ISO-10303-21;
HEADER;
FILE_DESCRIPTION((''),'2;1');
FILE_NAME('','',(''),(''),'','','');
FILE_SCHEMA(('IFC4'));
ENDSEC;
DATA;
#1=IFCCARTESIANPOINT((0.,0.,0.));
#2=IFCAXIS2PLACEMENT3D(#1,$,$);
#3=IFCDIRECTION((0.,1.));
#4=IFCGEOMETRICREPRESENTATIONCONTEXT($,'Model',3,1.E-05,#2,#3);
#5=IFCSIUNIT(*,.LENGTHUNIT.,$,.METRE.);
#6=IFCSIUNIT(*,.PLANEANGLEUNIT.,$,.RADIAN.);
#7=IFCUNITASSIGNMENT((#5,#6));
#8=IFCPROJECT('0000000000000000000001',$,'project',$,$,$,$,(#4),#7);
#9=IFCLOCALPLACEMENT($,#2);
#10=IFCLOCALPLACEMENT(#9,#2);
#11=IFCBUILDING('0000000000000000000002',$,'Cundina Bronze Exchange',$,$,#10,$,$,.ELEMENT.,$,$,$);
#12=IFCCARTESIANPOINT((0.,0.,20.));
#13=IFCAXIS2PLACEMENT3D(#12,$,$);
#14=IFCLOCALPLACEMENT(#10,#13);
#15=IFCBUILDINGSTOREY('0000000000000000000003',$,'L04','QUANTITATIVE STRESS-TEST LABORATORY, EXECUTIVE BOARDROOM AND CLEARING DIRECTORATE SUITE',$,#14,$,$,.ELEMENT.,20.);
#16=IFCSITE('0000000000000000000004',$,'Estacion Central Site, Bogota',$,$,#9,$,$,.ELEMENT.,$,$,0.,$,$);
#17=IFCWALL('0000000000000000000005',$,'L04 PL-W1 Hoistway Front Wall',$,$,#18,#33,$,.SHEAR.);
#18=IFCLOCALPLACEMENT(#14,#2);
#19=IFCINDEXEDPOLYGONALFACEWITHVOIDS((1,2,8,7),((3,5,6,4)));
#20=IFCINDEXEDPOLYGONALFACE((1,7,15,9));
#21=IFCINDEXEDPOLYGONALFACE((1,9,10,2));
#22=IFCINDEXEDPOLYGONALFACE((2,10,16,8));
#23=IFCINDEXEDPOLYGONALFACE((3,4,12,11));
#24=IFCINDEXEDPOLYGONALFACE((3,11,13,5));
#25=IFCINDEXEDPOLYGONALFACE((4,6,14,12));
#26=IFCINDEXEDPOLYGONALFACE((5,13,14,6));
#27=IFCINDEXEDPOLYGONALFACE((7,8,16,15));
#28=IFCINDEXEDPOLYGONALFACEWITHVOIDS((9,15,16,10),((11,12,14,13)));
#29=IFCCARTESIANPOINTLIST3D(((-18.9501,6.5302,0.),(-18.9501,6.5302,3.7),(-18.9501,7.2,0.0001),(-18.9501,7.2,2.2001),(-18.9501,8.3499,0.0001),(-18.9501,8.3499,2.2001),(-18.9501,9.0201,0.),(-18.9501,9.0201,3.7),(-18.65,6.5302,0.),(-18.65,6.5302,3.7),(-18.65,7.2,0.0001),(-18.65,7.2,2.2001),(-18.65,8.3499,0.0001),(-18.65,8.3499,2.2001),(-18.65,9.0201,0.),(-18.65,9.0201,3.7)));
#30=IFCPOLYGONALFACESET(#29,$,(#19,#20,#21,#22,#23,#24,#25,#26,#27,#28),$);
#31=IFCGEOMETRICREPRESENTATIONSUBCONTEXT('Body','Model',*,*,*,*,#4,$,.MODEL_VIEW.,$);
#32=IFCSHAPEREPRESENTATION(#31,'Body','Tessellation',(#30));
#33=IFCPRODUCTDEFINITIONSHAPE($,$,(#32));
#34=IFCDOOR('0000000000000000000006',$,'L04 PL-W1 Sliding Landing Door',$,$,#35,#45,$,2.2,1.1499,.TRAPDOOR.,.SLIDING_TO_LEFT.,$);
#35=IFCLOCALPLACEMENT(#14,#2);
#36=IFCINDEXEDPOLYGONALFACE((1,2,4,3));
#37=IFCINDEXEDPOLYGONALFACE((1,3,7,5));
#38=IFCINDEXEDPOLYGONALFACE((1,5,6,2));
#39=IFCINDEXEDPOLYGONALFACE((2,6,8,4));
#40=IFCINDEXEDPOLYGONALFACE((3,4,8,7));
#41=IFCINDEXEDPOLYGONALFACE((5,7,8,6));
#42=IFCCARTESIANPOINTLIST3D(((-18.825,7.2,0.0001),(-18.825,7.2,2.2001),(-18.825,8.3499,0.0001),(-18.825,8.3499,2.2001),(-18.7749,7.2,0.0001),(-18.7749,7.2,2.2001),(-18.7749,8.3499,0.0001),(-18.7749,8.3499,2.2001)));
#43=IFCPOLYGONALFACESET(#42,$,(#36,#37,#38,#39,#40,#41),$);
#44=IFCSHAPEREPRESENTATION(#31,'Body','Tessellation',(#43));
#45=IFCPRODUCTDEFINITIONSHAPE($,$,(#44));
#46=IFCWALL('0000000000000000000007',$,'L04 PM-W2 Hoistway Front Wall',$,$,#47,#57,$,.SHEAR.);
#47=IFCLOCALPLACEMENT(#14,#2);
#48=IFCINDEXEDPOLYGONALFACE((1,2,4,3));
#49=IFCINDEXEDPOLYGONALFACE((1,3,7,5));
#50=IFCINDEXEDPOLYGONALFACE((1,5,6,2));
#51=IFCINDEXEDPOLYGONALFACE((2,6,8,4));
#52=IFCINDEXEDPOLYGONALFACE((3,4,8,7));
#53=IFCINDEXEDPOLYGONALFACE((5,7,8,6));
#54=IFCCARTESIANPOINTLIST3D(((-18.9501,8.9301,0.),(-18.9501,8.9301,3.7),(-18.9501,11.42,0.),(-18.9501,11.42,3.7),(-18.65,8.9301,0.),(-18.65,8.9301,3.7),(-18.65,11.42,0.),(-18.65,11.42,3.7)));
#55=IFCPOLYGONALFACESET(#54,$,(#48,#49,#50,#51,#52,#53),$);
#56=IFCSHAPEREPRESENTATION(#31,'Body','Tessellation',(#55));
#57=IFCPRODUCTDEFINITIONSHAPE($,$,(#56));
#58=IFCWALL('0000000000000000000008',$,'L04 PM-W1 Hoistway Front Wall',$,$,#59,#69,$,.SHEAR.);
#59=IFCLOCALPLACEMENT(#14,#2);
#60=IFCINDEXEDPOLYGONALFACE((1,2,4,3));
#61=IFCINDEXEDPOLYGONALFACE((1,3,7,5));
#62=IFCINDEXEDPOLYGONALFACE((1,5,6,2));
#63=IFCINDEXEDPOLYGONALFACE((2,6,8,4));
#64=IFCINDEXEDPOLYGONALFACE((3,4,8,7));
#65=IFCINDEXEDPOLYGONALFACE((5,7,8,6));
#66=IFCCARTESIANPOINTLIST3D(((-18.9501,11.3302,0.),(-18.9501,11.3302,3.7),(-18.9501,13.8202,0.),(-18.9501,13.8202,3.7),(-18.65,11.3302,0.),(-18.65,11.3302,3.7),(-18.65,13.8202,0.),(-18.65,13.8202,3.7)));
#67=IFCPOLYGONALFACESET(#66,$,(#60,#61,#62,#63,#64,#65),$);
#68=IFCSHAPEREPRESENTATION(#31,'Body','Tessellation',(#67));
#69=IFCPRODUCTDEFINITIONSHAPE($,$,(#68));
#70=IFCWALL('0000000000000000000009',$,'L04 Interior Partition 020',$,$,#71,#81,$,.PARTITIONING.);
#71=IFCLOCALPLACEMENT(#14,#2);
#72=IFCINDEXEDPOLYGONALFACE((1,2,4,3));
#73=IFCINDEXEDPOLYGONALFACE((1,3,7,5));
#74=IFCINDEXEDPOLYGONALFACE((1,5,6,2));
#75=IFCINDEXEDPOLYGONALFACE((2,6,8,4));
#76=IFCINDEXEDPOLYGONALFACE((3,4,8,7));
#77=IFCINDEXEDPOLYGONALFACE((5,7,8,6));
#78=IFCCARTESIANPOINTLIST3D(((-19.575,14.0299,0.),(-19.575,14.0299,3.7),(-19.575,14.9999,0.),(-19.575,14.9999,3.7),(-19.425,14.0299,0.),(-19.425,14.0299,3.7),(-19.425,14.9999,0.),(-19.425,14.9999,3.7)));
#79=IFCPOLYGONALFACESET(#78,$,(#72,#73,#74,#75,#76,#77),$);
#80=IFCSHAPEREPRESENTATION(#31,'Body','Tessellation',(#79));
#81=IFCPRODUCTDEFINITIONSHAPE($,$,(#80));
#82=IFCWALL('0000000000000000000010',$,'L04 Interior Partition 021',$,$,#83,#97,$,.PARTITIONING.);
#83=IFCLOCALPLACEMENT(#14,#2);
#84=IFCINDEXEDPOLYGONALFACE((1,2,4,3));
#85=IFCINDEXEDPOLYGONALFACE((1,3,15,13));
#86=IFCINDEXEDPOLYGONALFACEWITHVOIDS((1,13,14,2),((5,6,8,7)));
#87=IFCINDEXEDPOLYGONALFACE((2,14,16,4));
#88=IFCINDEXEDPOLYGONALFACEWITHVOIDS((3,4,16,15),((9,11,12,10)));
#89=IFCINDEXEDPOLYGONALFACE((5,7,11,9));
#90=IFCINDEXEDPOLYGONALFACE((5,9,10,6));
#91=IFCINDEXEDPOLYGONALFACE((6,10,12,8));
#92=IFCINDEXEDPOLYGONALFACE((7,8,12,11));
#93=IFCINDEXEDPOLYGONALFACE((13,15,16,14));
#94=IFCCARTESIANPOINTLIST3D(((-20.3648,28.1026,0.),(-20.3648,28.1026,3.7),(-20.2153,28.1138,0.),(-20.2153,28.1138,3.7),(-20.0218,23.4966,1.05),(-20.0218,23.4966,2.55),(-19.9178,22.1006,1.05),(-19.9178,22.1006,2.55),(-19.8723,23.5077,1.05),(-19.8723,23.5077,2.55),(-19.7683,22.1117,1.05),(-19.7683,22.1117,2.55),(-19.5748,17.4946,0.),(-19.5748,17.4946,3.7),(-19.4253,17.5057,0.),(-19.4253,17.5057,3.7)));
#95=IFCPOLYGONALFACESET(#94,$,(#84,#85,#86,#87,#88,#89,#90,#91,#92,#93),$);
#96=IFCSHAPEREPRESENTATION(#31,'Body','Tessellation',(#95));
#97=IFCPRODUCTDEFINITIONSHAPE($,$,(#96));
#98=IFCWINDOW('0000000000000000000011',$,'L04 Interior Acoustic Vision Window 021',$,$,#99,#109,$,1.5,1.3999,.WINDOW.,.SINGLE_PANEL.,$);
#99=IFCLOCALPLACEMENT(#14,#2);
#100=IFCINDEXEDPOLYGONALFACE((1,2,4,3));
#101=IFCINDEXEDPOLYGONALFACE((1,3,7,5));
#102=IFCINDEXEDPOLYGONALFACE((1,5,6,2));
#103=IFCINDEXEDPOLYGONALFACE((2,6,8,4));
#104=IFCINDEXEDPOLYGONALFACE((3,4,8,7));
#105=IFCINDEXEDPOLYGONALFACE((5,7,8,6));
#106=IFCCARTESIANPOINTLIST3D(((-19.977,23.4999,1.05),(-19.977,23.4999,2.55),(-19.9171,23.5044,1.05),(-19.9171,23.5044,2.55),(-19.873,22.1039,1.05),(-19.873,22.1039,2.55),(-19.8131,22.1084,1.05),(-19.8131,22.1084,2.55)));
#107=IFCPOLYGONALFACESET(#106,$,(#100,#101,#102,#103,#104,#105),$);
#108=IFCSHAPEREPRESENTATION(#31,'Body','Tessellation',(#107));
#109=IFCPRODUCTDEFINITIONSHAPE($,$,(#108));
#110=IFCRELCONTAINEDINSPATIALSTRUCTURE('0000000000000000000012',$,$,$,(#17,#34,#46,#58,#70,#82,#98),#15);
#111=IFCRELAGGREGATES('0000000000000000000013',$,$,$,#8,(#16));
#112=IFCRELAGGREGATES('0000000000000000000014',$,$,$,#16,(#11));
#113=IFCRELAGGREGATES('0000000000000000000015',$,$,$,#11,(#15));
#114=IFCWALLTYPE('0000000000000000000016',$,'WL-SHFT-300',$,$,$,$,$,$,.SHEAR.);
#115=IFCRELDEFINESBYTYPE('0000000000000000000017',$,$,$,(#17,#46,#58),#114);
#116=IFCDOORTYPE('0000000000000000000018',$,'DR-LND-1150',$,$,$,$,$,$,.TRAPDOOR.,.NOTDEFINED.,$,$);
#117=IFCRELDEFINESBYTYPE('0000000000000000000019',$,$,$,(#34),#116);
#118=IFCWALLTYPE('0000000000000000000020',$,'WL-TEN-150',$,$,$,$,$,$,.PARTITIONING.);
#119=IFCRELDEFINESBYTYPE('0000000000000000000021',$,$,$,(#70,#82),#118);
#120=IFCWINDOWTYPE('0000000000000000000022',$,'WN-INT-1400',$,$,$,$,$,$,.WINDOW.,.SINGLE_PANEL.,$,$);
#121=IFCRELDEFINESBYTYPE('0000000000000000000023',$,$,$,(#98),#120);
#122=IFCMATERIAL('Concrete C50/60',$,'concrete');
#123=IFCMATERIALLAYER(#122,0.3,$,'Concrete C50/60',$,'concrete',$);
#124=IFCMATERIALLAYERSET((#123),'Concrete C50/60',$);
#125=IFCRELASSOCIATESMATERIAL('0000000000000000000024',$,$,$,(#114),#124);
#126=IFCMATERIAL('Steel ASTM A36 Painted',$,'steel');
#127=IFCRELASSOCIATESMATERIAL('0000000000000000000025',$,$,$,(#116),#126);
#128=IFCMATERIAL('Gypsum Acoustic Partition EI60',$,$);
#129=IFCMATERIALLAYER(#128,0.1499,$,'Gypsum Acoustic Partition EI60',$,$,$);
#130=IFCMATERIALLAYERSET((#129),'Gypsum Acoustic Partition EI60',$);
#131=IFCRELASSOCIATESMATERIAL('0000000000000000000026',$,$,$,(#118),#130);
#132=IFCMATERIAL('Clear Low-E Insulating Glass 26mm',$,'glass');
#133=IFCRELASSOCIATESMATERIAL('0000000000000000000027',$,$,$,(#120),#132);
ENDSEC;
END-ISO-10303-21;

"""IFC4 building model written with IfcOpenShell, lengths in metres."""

from ifc_helpers import new_model, si_unit, direction, frame, frame_2d, origin, place, context, subcontext, project, spatial, rectangle, extrude, material, layer, layer_set, type_object, element, fill, save


model = new_model("IFC4")

# Units and contexts
model_context = context("Model", 3, precision=1e-05, world=origin(), true_north=direction((0.0, 1.0)))
body_context = subcontext(model_context, "Body", "Model", "MODEL_VIEW")
ifc_project = project(units=[si_unit("LENGTHUNIT", "METRE"), si_unit("PLANEANGLEUNIT", "RADIAN")], contexts=[model_context])

# Site, building, storey
site_placement = place(None, origin())
site = spatial("IfcSite", under=ifc_project, at=site_placement, Name="Estacion Central Site, Bogota", CompositionType="ELEMENT", RefElevation=0.0)
building_placement = place(site_placement, origin())
building = spatial("IfcBuilding", under=site, at=building_placement, Name="Cundina Bronze Exchange", CompositionType="ELEMENT")
storey_placement = place(building_placement, frame((0.0, 0.0, 20.0)))
storey = spatial("IfcBuildingStorey", under=building, at=storey_placement, Name="L04", Description="QUANTITATIVE STRESS-TEST LABORATORY, EXECUTIVE BOARDROOM AND CLEARING DIRECTORATE SUITE", CompositionType="ELEMENT", Elevation=20.0)

# Shared definitions
ifc_material_1 = material(Name="Concrete C50/60", Category="concrete")

# Shared definitions
ifc_layer_1 = layer(ifc_material_1, 0.3, Name="Concrete C50/60", Category="concrete")
ifc_layer_set_1 = layer_set([ifc_layer_1], Name="Concrete C50/60")
wall_type_1 = type_object("IfcWallType", Name="WL-SHFT-300", PredefinedType="SHEAR", material=ifc_layer_set_1)

# Wall, opening, door
ifc_material_2 = material(Name="Steel ASTM A36 Painted", Category="steel")
door_type = type_object("IfcDoorType", Name="DR-LND-1150", OperationType="NOTDEFINED", PredefinedType="TRAPDOOR", material=ifc_material_2)
wall_1_placement = place(storey_placement, frame((-18.8, 6.53, 0.0), z_axis=(0.0, 0.0, 1.0), x_axis=(0.0, 1.0, 0.0)))
wall_1 = element("IfcWall", 1, at=wall_1_placement, inside=storey, type_object=wall_type_1, Name="L04 PL-W1 Hoistway Front Wall", PredefinedType="SHEAR", context=body_context, shape_type="SweptSolid", body=[
    extrude(rectangle(XDim=2.49, YDim=0.3, at=frame_2d((1.2451, 0.0))), origin(), (0.0, 0.0, 1.0), 3.7),
])
opening_1_placement = place(wall_1_placement, frame((0.6699, 0.0, 0.0)))
opening_1 = element("IfcOpeningElement", 2, at=opening_1_placement, cuts=wall_1, PredefinedType="OPENING", context=body_context, shape_type="SweptSolid", body=[
    extrude(rectangle(XDim=1.1499, YDim=2.2, at=frame_2d((0.575, 1.1001))), frame((0.0, 0.1599, 0.0), z_axis=(0.0, -1.0, 0.0), x_axis=(1.0, 0.0, 0.0)), (0.0, 0.0, 1.0), 0.3201),
])
door_1_placement = place(opening_1_placement, origin())
door_1 = element("IfcDoor", 3, at=door_1_placement, inside=storey, type_object=door_type, Name="L04 PL-W1 Sliding Landing Door", OperationType="SLIDING_TO_LEFT", OverallHeight=2.2, OverallWidth=1.1499, PredefinedType="TRAPDOOR", context=body_context, shape_type="SweptSolid", body=[
    extrude(rectangle(XDim=1.1499, YDim=2.2, at=frame_2d((0.575, 1.1001))), frame((0.0, 0.0249, 0.0), z_axis=(0.0, -1.0, 0.0), x_axis=(1.0, 0.0, 0.0)), (0.0, 0.0, 1.0), 0.05),
])
fill(opening_1, door_1)

# Walls
for number, where, z_axis, x_axis, name in (
    (4, (-18.8, 8.9299, 0.0), (0.0, 0.0, 1.0), (0.0, 1.0, 0.0), "L04 PM-W2 Hoistway Front Wall"),
    (5, (-18.8, 11.3301, 0.0), (0.0, 0.0, 1.0), (0.0, 1.0, 0.0), "L04 PM-W1 Hoistway Front Wall"),
):
    element("IfcWall", number, at=place(storey_placement, frame(where, z_axis=z_axis, x_axis=x_axis)), inside=storey, type_object=wall_type_1, Name=name, PredefinedType="SHEAR", context=body_context, shape_type="SweptSolid", body=[
        extrude(rectangle(XDim=2.49, YDim=0.3, at=frame_2d((1.2451, 0.0))), origin(), (0.0, 0.0, 1.0), 3.7),
    ])
ifc_material_3 = material(Name="Gypsum Acoustic Partition EI60")
ifc_layer_2 = layer(ifc_material_3, 0.1499, Name="Gypsum Acoustic Partition EI60")
ifc_layer_set_2 = layer_set([ifc_layer_2], Name="Gypsum Acoustic Partition EI60")
wall_type_2 = type_object("IfcWallType", Name="WL-TEN-150", PredefinedType="PARTITIONING", material=ifc_layer_set_2)
wall_2_placement = place(storey_placement, frame((-19.5, 14.03, 0.0), z_axis=(0.0, 0.0, 1.0), x_axis=(0.0, 1.0, 0.0)))
element("IfcWall", 6, at=wall_2_placement, inside=storey, type_object=wall_type_2, Name="L04 Interior Partition 020", PredefinedType="PARTITIONING", context=body_context, shape_type="SweptSolid", body=[
    extrude(rectangle(XDim=0.97, YDim=0.1499, at=frame_2d((0.4849, 0.0))), origin(), (0.0, 0.0, 1.0), 3.7),
])

# Wall, opening, window
wall_3_placement = place(storey_placement, frame((-19.5, 17.5, 0.0), z_axis=(0.0, 0.0, 1.0), x_axis=(-0.074269, 0.997238, 0.0)))
wall_3 = element("IfcWall", 7, at=wall_3_placement, inside=storey, type_object=wall_type_2, Name="L04 Interior Partition 021", PredefinedType="PARTITIONING", context=body_context, shape_type="SweptSolid", body=[
    extrude(rectangle(XDim=10.6375, YDim=0.1499, at=frame_2d((5.3188, 0.0))), origin(), (0.0, 0.0, 1.0), 3.7),
])
opening_2_placement = place(wall_3_placement, frame((4.6189, 0.0, 1.05)))
opening_2 = element("IfcOpeningElement", 8, at=opening_2_placement, cuts=wall_3, PredefinedType="OPENING", context=body_context, shape_type="SweptSolid", body=[
    extrude(rectangle(XDim=1.3999, YDim=1.5, at=frame_2d((0.7, 0.75))), frame((0.0, 0.085, 0.0), z_axis=(0.0, -1.0, 0.0), x_axis=(1.0, 0.0, 0.0)), (0.0, 0.0, 1.0), 0.1699),
])
ifc_material_4 = material(Name="Clear Low-E Insulating Glass 26mm", Category="glass")
window_type_1 = type_object("IfcWindowType", Name="WN-INT-1400", PartitioningType="SINGLE_PANEL", PredefinedType="WINDOW", material=ifc_material_4)
window_1_placement = place(opening_2_placement, origin())
window_1 = element("IfcWindow", 9, at=window_1_placement, inside=storey, type_object=window_type_1, Name="L04 Interior Acoustic Vision Window 021", OverallHeight=1.5, OverallWidth=1.3999, PartitioningType="SINGLE_PANEL", PredefinedType="WINDOW", context=body_context, shape_type="SweptSolid", body=[
    extrude(rectangle(XDim=1.3999, YDim=1.5, at=frame_2d((0.7, 0.75))), frame((0.0, 0.03, 0.0), z_axis=(0.0, -1.0, 0.0), x_axis=(1.0, 0.0, 0.0)), (0.0, 0.0, 1.0), 0.0601),
])
fill(opening_2, window_1)

save(model, "model.ifc")
